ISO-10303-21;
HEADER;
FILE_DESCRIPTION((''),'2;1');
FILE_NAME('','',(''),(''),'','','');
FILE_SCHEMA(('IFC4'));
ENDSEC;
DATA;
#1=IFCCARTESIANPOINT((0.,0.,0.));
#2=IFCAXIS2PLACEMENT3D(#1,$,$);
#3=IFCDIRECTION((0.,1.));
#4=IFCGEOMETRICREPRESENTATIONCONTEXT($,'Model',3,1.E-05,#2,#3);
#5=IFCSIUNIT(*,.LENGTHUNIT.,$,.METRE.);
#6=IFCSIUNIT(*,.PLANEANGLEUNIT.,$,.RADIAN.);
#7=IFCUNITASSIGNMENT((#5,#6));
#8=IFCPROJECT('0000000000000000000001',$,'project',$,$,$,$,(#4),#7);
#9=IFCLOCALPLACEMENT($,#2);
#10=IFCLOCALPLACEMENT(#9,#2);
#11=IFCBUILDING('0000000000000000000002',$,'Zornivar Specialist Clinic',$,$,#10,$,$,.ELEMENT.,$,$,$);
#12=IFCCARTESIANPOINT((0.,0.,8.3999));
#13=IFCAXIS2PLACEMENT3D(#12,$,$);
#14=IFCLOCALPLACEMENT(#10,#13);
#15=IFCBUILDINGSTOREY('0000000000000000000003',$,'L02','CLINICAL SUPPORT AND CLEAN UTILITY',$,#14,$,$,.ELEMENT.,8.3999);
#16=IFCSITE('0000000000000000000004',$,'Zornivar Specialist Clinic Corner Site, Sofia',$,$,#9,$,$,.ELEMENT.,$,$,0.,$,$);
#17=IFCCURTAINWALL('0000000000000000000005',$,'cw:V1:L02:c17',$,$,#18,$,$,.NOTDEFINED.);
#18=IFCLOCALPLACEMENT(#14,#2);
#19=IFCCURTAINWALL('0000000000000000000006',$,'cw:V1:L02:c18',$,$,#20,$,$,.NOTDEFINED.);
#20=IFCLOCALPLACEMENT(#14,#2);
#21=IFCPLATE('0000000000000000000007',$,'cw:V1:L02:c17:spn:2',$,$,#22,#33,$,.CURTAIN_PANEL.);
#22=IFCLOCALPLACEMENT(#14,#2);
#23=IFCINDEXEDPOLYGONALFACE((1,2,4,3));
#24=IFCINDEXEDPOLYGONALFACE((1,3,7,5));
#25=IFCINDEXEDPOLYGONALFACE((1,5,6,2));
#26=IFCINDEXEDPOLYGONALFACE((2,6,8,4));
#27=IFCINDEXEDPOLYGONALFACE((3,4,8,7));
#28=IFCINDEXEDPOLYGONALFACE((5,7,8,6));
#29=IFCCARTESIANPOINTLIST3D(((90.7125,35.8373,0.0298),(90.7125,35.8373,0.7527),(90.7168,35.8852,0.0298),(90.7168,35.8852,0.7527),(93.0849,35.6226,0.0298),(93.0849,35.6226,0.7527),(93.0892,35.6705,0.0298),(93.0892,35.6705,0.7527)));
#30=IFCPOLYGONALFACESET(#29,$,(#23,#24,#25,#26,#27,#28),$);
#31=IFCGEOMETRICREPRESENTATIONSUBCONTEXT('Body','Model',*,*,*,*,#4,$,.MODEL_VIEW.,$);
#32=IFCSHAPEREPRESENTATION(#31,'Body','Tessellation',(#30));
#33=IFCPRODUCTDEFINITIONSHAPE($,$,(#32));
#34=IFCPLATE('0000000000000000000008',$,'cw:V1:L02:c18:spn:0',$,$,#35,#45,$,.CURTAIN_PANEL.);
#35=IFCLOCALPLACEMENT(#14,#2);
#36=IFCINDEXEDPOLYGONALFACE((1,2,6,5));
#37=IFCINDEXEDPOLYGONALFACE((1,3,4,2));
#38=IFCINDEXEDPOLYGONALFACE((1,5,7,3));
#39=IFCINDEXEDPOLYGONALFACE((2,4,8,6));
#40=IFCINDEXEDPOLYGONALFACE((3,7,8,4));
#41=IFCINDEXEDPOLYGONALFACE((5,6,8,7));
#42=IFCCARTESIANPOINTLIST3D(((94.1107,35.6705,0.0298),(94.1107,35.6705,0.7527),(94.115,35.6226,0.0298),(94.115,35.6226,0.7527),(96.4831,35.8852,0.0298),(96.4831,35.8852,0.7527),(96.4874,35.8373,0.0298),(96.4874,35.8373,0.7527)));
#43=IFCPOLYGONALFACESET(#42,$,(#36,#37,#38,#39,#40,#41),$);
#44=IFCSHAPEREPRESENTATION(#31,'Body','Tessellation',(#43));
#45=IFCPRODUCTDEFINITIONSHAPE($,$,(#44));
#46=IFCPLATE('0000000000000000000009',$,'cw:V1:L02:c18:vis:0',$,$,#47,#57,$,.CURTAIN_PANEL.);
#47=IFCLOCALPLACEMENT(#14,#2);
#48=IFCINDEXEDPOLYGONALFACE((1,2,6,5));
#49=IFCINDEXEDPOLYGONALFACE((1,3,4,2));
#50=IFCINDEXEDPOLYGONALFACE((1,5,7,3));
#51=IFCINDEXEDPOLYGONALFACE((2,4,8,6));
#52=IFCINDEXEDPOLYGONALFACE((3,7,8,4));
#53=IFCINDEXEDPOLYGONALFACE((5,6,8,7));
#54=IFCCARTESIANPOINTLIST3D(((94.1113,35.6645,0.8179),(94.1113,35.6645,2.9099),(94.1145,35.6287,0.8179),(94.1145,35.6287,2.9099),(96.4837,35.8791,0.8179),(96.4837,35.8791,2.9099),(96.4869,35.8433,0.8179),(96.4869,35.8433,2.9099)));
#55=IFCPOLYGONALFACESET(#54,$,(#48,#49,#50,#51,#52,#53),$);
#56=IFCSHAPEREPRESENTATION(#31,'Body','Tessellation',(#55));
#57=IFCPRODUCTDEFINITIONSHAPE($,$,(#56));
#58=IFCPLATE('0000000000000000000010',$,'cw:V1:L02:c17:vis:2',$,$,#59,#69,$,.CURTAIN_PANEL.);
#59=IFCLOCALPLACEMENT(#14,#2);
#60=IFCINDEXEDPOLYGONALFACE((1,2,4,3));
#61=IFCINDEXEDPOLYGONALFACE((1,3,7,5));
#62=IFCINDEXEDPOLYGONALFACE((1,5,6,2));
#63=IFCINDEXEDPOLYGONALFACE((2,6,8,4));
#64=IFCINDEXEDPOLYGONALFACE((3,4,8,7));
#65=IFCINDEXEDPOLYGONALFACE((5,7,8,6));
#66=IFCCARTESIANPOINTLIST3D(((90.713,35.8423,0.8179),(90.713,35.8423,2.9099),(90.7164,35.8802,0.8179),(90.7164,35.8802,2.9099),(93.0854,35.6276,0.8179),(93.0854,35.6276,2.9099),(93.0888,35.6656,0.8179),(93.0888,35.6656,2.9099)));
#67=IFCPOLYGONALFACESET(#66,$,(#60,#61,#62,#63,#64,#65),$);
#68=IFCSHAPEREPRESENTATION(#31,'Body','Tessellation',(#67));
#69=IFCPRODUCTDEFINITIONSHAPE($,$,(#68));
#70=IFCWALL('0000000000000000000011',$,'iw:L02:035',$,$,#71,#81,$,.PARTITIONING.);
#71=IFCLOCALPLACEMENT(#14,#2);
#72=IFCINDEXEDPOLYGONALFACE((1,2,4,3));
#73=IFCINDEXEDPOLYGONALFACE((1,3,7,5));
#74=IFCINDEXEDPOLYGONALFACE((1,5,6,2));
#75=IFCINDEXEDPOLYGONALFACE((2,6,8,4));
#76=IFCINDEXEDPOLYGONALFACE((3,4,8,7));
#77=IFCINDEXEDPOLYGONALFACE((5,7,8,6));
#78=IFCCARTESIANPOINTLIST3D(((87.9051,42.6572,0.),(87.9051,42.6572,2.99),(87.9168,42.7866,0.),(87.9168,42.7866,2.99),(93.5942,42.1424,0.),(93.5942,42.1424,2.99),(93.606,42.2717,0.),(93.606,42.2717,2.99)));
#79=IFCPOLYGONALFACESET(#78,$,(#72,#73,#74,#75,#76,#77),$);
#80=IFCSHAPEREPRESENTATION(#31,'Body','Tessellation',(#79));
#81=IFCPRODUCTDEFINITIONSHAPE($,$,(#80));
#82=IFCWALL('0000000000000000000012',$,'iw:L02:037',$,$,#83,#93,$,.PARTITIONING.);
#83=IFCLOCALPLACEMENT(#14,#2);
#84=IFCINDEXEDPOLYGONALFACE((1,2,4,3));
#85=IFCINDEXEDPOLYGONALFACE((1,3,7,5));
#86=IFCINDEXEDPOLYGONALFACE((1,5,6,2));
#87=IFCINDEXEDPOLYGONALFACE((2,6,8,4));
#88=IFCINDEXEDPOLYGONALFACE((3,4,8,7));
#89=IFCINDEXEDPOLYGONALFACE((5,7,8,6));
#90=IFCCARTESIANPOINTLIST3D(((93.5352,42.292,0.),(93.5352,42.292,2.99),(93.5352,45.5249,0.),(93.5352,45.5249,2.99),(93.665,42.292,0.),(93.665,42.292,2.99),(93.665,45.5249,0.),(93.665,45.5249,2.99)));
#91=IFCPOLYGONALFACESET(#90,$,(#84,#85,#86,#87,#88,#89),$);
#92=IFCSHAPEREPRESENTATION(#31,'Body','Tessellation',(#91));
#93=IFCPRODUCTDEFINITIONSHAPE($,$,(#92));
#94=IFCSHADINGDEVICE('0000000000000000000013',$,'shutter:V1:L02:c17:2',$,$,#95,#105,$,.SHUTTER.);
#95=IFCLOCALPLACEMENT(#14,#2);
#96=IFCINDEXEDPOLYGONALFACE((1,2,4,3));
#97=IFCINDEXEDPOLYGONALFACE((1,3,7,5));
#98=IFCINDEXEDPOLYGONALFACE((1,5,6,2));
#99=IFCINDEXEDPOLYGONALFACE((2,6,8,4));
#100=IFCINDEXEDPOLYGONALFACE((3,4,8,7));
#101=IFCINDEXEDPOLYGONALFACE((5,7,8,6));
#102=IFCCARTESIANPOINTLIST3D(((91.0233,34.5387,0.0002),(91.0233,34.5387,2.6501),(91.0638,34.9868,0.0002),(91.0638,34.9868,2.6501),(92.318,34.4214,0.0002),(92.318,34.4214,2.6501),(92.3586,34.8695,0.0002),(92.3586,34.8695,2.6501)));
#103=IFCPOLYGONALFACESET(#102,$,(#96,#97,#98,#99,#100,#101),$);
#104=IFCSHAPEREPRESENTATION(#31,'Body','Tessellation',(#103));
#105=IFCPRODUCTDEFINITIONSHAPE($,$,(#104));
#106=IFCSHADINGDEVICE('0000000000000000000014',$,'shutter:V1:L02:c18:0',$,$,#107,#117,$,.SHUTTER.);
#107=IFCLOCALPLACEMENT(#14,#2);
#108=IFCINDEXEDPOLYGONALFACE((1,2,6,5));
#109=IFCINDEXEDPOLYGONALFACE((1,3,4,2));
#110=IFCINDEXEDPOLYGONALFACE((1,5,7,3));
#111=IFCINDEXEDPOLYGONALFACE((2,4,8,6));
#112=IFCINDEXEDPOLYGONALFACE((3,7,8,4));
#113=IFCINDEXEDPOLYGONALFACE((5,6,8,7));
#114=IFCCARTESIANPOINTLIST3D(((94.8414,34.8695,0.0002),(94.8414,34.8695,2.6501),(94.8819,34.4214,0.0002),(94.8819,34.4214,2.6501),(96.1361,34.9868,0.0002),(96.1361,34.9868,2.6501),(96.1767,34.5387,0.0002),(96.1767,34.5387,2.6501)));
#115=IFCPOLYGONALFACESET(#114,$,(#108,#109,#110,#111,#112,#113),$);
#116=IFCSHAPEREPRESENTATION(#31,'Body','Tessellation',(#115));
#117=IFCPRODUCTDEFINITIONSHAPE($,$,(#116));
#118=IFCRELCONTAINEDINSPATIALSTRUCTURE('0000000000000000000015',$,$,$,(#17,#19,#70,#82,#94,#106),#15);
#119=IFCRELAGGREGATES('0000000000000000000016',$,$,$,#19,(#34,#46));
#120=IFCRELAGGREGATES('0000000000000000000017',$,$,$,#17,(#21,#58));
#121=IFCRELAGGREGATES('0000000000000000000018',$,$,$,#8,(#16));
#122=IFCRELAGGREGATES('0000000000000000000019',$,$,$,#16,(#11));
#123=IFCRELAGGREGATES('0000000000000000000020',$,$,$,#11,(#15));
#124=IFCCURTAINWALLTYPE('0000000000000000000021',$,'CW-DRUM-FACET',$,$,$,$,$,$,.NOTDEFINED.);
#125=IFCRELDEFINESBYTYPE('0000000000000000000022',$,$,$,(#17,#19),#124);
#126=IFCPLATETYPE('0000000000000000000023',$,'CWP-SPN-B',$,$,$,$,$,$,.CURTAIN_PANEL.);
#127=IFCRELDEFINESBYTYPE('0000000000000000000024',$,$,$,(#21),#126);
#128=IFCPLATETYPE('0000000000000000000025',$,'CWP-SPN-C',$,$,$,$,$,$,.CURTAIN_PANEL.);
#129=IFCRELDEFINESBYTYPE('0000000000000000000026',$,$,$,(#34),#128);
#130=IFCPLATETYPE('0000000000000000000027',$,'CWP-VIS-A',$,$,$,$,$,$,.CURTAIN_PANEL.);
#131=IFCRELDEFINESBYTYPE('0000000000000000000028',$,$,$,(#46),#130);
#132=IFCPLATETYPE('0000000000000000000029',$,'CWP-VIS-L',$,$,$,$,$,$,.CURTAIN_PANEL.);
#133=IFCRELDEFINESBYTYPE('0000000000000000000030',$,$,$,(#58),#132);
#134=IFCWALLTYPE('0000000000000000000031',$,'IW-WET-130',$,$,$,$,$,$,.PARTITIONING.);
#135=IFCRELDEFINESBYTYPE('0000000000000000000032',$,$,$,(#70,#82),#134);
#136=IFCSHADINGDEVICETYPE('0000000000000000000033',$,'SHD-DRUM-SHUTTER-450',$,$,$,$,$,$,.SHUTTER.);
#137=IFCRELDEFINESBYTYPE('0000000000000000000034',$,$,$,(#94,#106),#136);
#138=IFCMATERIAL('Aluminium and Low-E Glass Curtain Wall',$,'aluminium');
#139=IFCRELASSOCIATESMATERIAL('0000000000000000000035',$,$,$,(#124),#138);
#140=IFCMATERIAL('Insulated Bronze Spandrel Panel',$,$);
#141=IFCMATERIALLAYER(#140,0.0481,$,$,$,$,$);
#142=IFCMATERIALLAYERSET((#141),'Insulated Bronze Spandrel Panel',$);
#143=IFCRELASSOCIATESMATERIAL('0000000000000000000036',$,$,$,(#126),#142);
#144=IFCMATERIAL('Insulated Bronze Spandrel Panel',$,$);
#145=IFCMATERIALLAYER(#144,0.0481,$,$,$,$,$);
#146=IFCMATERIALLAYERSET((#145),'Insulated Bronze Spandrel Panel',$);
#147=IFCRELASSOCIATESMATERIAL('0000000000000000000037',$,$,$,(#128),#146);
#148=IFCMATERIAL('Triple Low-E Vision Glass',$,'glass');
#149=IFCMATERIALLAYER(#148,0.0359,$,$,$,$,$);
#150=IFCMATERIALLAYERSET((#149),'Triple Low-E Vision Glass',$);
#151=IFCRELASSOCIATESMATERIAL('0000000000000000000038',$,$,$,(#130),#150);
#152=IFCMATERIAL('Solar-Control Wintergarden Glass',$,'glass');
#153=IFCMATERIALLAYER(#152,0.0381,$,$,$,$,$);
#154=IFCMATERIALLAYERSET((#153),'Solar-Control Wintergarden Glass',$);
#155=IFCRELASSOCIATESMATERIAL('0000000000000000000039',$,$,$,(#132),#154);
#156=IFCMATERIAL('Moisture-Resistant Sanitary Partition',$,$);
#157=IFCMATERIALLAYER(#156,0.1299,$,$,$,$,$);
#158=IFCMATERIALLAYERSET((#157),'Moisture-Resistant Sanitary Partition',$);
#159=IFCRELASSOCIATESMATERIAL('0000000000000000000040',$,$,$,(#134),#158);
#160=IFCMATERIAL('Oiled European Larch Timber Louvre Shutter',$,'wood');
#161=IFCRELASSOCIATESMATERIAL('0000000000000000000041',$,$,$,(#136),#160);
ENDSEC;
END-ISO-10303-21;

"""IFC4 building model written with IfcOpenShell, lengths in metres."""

from ifc_helpers import new_model, si_unit, direction, frame, frame_2d, origin, origin_2d, place, context, subcontext, project, spatial, rectangle, extrude, material, layer, layer_set, type_object, element, aggregate, save


model = new_model("IFC4")

# Units and contexts
model_context = context("Model", 3, precision=1e-05, world=origin(), true_north=direction((0.0, 1.0)))
body_context = subcontext(model_context, "Body", "Model", "MODEL_VIEW")
ifc_project = project(units=[si_unit("LENGTHUNIT", "METRE"), si_unit("PLANEANGLEUNIT", "RADIAN")], contexts=[model_context])

# Site, building, storey
site_placement = place(None, origin())
site = spatial("IfcSite", under=ifc_project, at=site_placement, Name="Zornivar Specialist Clinic Corner Site, Sofia", CompositionType="ELEMENT", RefElevation=0.0)
building_placement = place(site_placement, origin())
building = spatial("IfcBuilding", under=site, at=building_placement, Name="Zornivar Specialist Clinic", CompositionType="ELEMENT")
storey_placement = place(building_placement, frame((0.0, 0.0, 8.3999)))
storey = spatial("IfcBuildingStorey", under=building, at=storey_placement, Name="L02", Description="CLINICAL SUPPORT AND CLEAN UTILITY", CompositionType="ELEMENT", Elevation=8.3999)

# Curtain walls
ifc_material_1 = material(Name="Aluminium and Low-E Glass Curtain Wall", Category="aluminium")
curtain_wall_type = type_object("IfcCurtainWallType", Name="CW-DRUM-FACET", PredefinedType="NOTDEFINED", material=ifc_material_1)
curtain_wall_1_placement = place(storey_placement, origin())
curtain_wall_1 = element("IfcCurtainWall", 1, at=curtain_wall_1_placement, inside=storey, type_object=curtain_wall_type, Name="cw:V1:L02:c17", PredefinedType="NOTDEFINED")
curtain_wall_2_placement = place(storey_placement, origin())
curtain_wall_2 = element("IfcCurtainWall", 2, at=curtain_wall_2_placement, inside=storey, type_object=curtain_wall_type, Name="cw:V1:L02:c18", PredefinedType="NOTDEFINED")

# Plates
ifc_material_2 = material(Name="Insulated Bronze Spandrel Panel")
ifc_layer_1 = layer(ifc_material_2, 0.0481)
ifc_layer_set_1 = layer_set([ifc_layer_1], Name="Insulated Bronze Spandrel Panel")
plate_type_1 = type_object("IfcPlateType", Name="CWP-SPN-B", PredefinedType="CURTAIN_PANEL", material=ifc_layer_set_1)
plate_1_placement = place(storey_placement, frame((91.9009, 35.7539, 0.0298), z_axis=(0.0, 0.0, 1.0), x_axis=(0.995933, -0.090099, 0.0)))
plate_1 = element("IfcPlate", 3, at=plate_1_placement, type_object=plate_type_1, Name="cw:V1:L02:c17:spn:2", PredefinedType="CURTAIN_PANEL", context=body_context, shape_type="SweptSolid", body=[
    extrude(rectangle(XDim=2.3821, YDim=0.0481, at=origin_2d()), origin(), (0.0, 0.0, 1.0), 0.7229),
])
ifc_material_3 = material(Name="Insulated Bronze Spandrel Panel")
ifc_layer_2 = layer(ifc_material_3, 0.0481)
ifc_layer_set_2 = layer_set([ifc_layer_2], Name="Insulated Bronze Spandrel Panel")
plate_type_2 = type_object("IfcPlateType", Name="CWP-SPN-C", PredefinedType="CURTAIN_PANEL", material=ifc_layer_set_2)
plate_2_placement = place(storey_placement, frame((95.2991, 35.7539, 0.0298), z_axis=(0.0, 0.0, 1.0), x_axis=(0.995933, 0.090099, 0.0)))
plate_2 = element("IfcPlate", 4, at=plate_2_placement, type_object=plate_type_2, Name="cw:V1:L02:c18:spn:0", PredefinedType="CURTAIN_PANEL", context=body_context, shape_type="SweptSolid", body=[
    extrude(rectangle(XDim=2.3821, YDim=0.0481, at=origin_2d()), origin(), (0.0, 0.0, 1.0), 0.7229),
])
ifc_material_4 = material(Name="Triple Low-E Vision Glass", Category="glass")
ifc_layer_3 = layer(ifc_material_4, 0.0359)
ifc_layer_set_3 = layer_set([ifc_layer_3], Name="Triple Low-E Vision Glass")
plate_type_3 = type_object("IfcPlateType", Name="CWP-VIS-A", PredefinedType="CURTAIN_PANEL", material=ifc_layer_set_3)
plate_3_placement = place(storey_placement, frame((95.2991, 35.7539, 0.8179), z_axis=(0.0, 0.0, 1.0), x_axis=(0.995933, 0.090099, 0.0)))
plate_3 = element("IfcPlate", 5, at=plate_3_placement, type_object=plate_type_3, Name="cw:V1:L02:c18:vis:0", PredefinedType="CURTAIN_PANEL", context=body_context, shape_type="SweptSolid", body=[
    extrude(rectangle(XDim=2.3821, YDim=0.0359, at=origin_2d()), origin(), (0.0, 0.0, 1.0), 2.092),
])
aggregate(curtain_wall_2, [plate_2, plate_3])
ifc_material_5 = material(Name="Solar-Control Wintergarden Glass", Category="glass")
ifc_layer_4 = layer(ifc_material_5, 0.0381)
ifc_layer_set_4 = layer_set([ifc_layer_4], Name="Solar-Control Wintergarden Glass")
plate_type_4 = type_object("IfcPlateType", Name="CWP-VIS-L", PredefinedType="CURTAIN_PANEL", material=ifc_layer_set_4)
plate_4_placement = place(storey_placement, frame((91.9009, 35.7539, 0.8179), z_axis=(0.0, 0.0, 1.0), x_axis=(0.995933, -0.090099, 0.0)))
plate_4 = element("IfcPlate", 6, at=plate_4_placement, type_object=plate_type_4, Name="cw:V1:L02:c17:vis:2", PredefinedType="CURTAIN_PANEL", context=body_context, shape_type="SweptSolid", body=[
    extrude(rectangle(XDim=2.3821, YDim=0.0381, at=origin_2d()), origin(), (0.0, 0.0, 1.0), 2.092),
])
aggregate(curtain_wall_1, [plate_1, plate_4])

# Walls
ifc_material_6 = material(Name="Moisture-Resistant Sanitary Partition")
ifc_layer_5 = layer(ifc_material_6, 0.1299)
ifc_layer_set_5 = layer_set([ifc_layer_5], Name="Moisture-Resistant Sanitary Partition")
wall_type_1 = type_object("IfcWallType", Name="IW-WET-130", PredefinedType="PARTITIONING", material=ifc_layer_set_5)
wall_1_placement = place(storey_placement, frame((93.6001, 42.207, 0.0), z_axis=(0.0, 0.0, 1.0), x_axis=(-0.99593, 0.090135, 0.0)))
element("IfcWall", 7, at=wall_1_placement, inside=storey, type_object=wall_type_1, Name="iw:L02:035", PredefinedType="PARTITIONING", context=body_context, shape_type="SweptSolid", body=[
    extrude(rectangle(XDim=5.7124, YDim=0.1299, at=frame_2d((2.8562, 0.0))), origin(), (0.0, 0.0, 1.0), 2.99),
])
wall_2_placement = place(storey_placement, frame((93.6001, 45.5249, 0.0), z_axis=(0.0, 0.0, 1.0), x_axis=(0.0, -1.0, 0.0)))
element("IfcWall", 8, at=wall_2_placement, inside=storey, type_object=wall_type_1, Name="iw:L02:037", PredefinedType="PARTITIONING", context=body_context, shape_type="SweptSolid", body=[
    extrude(rectangle(XDim=3.2329, YDim=0.1299, at=frame_2d((1.6165, 0.0))), origin(), (0.0, 0.0, 1.0), 2.99),
])

# Shading devices
ifc_material_7 = material(Name="Oiled European Larch Timber Louvre Shutter", Category="wood")
shading_device_type = type_object("IfcShadingDeviceType", Name="SHD-DRUM-SHUTTER-450", PredefinedType="SHUTTER", material=ifc_material_7)
for number, where, z_axis, x_axis, name in (
    (9, (91.6909, 34.7041, 0.0002), (0.0, 0.0, 1.0), (0.995925, -0.090188, 0.0), "shutter:V1:L02:c17:2"),
    (10, (95.509, 34.7041, 0.0002), (0.0, 0.0, 1.0), (0.995925, 0.090188, 0.0), "shutter:V1:L02:c18:0"),
):
    element("IfcShadingDevice", number, at=place(storey_placement, frame(where, z_axis=z_axis, x_axis=x_axis)), inside=storey, type_object=shading_device_type, Name=name, PredefinedType="SHUTTER", context=body_context, shape_type="SweptSolid", body=[
        extrude(rectangle(XDim=1.3, YDim=0.45, at=origin_2d()), origin(), (0.0, 0.0, 1.0), 2.6499),
    ])

save(model, "model.ifc")
